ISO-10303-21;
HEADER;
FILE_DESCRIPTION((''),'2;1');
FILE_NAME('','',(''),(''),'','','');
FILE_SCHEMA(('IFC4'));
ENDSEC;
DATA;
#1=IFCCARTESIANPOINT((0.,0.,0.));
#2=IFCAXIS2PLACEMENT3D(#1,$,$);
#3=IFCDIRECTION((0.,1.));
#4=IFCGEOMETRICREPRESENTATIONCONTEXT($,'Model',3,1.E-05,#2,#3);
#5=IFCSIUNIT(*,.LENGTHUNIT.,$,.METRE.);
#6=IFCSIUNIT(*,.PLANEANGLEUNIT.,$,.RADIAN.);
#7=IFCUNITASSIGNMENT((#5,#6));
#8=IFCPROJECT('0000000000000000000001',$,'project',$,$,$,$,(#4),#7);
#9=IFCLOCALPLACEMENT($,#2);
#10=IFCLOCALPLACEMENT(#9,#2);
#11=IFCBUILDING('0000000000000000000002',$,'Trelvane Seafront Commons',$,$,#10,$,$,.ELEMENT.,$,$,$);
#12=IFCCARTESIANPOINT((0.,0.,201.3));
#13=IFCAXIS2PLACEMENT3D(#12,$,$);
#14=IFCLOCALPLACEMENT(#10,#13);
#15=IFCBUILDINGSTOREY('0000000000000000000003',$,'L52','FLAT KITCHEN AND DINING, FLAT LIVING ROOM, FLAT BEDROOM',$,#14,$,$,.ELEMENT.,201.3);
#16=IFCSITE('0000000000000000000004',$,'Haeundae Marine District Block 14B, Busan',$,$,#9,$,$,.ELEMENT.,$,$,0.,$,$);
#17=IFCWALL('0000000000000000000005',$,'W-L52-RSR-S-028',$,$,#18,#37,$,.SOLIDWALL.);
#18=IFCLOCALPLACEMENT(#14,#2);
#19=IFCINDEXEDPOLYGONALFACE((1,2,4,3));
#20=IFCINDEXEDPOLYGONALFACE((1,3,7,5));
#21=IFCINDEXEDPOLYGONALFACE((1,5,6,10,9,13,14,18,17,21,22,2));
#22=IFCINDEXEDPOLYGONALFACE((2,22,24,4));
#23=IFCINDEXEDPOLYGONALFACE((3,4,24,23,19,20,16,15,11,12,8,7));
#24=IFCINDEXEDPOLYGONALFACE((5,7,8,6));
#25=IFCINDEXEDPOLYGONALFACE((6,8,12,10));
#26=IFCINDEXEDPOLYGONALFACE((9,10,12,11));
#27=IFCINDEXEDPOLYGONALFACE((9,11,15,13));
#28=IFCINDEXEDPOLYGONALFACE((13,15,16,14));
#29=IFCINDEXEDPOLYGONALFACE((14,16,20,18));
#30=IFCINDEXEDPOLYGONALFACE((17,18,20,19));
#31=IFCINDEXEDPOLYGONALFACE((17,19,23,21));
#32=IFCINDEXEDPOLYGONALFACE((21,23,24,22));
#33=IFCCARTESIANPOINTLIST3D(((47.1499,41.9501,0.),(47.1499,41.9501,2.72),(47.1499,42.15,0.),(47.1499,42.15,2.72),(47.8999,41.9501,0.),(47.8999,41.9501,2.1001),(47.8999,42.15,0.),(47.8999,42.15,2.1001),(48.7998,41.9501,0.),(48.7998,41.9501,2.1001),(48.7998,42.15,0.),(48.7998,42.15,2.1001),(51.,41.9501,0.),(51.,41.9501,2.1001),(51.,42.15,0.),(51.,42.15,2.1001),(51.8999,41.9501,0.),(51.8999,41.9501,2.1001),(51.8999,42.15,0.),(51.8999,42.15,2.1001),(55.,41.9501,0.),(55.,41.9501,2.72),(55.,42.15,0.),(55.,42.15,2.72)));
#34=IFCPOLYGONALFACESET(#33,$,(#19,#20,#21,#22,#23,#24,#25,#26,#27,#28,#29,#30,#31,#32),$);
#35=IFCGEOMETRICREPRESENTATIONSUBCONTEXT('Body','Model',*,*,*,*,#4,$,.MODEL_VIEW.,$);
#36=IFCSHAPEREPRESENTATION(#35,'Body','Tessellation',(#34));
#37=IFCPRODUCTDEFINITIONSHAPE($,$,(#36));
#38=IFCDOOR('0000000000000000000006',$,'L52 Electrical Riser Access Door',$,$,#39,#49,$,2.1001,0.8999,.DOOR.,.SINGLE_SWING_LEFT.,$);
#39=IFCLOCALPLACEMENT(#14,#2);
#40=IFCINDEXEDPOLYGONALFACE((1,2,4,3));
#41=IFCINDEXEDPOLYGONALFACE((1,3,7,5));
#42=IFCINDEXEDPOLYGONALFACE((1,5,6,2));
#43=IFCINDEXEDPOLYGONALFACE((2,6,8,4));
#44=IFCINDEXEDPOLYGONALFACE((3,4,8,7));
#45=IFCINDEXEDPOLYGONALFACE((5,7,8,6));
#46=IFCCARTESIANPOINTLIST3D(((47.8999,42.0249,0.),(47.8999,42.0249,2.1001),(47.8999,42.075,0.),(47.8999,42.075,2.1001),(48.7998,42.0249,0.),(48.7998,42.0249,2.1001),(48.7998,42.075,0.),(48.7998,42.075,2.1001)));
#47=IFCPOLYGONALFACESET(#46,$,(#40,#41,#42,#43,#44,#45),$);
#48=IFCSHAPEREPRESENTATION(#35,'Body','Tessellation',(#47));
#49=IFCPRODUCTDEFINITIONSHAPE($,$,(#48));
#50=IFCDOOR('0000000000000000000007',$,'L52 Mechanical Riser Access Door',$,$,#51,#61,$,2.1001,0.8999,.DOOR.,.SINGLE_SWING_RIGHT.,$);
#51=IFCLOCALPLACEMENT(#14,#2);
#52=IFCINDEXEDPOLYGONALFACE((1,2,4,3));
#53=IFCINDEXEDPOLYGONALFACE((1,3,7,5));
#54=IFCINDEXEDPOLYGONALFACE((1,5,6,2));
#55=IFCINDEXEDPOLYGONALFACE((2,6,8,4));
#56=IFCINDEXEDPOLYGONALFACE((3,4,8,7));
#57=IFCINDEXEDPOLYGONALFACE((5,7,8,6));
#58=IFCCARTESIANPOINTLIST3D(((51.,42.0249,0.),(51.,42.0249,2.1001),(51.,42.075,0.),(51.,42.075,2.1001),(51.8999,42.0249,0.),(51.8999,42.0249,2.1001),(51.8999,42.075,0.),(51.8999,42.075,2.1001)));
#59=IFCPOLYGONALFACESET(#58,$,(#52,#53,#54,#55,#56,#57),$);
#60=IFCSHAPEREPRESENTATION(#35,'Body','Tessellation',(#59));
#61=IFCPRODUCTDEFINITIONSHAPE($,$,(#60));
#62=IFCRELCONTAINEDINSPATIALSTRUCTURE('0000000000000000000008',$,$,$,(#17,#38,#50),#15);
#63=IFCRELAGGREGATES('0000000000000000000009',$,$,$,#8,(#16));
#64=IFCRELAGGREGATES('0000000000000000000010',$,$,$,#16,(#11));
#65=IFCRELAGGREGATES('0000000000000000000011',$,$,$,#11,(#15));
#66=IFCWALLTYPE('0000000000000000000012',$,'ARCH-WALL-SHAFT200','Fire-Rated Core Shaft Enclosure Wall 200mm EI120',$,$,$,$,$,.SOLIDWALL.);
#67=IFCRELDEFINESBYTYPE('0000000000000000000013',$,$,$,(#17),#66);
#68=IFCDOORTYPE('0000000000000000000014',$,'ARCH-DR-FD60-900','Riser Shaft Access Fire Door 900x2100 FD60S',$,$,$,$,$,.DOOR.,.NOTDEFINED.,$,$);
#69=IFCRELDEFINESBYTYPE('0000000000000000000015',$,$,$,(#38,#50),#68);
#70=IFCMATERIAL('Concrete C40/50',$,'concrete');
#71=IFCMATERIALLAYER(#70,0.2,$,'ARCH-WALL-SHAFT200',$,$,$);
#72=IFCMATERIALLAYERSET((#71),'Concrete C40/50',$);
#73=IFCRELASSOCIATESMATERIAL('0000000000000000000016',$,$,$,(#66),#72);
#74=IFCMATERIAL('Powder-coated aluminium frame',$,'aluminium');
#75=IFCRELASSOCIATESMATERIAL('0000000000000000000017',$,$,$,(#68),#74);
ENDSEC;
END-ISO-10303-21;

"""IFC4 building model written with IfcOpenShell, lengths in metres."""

from ifc_helpers import new_model, si_unit, direction, frame, frame_2d, origin, place, context, subcontext, project, spatial, rectangle, extrude, source, transform, mapped, material, layer, layer_set, type_object, element, fill, save


model = new_model("IFC4")

# Units and contexts
model_context = context("Model", 3, precision=1e-05, world=origin(), true_north=direction((0.0, 1.0)))
body_context = subcontext(model_context, "Body", "Model", "MODEL_VIEW")
ifc_project = project(units=[si_unit("LENGTHUNIT", "METRE"), si_unit("PLANEANGLEUNIT", "RADIAN")], contexts=[model_context])

# Site, building, storey
site_placement = place(None, origin())
site = spatial("IfcSite", under=ifc_project, at=site_placement, Name="Haeundae Marine District Block 14B, Busan", CompositionType="ELEMENT", RefElevation=0.0)
building_placement = place(site_placement, origin())
building = spatial("IfcBuilding", under=site, at=building_placement, Name="Trelvane Seafront Commons", CompositionType="ELEMENT")
storey_placement = place(building_placement, frame((0.0, 0.0, 201.3)))
storey = spatial("IfcBuildingStorey", under=building, at=storey_placement, Name="L52", Description="FLAT KITCHEN AND DINING, FLAT LIVING ROOM, FLAT BEDROOM", CompositionType="ELEMENT", Elevation=201.3)

# Shared definitions
ifc_material_1 = material(Name="Concrete C40/50", Category="concrete")
ifc_material_2 = material(Name="Powder-coated aluminium frame", Category="aluminium")

# Shared definitions
ifc_layer_1 = layer(ifc_material_1, 0.2, Name="ARCH-WALL-SHAFT200")
ifc_layer_set_1 = layer_set([ifc_layer_1], Name="Concrete C40/50")
wall_type_1 = type_object("IfcWallType", Name="ARCH-WALL-SHAFT200", Description="Fire-Rated Core Shaft Enclosure Wall 200mm EI120", PredefinedType="SOLIDWALL", material=ifc_layer_set_1)

# Wall, openings, doors
wall_1_placement = place(storey_placement, frame((47.1499, 42.05, 0.0), z_axis=(0.0, 0.0, 1.0), x_axis=(1.0, 0.0, 0.0)))
wall_1 = element("IfcWall", 1, at=wall_1_placement, inside=storey, type_object=wall_type_1, Name="W-L52-RSR-S-028", PredefinedType="SOLIDWALL", context=body_context, shape_type="SweptSolid", body=[
    extrude(rectangle(XDim=7.8501, YDim=0.2, at=frame_2d((3.925, 0.0))), origin(), (0.0, 0.0, 1.0), 2.72),
])
opening_1_placement = place(wall_1_placement, frame((0.75, 0.0, 0.0)))
opening_1 = element("IfcOpeningElement", 2, at=opening_1_placement, cuts=wall_1, PredefinedType="OPENING", context=body_context, shape_type="SweptSolid", body=[
    extrude(rectangle(XDim=0.8999, YDim=2.1001, at=frame_2d((0.45, 1.05))), frame((0.0, 0.1099, 0.0), z_axis=(0.0, -1.0, 0.0), x_axis=(1.0, 0.0, 0.0)), (0.0, 0.0, 1.0), 0.22),
])
opening_2_placement = place(wall_1_placement, frame((3.8501, 0.0, 0.0)))
opening_2 = element("IfcOpeningElement", 3, at=opening_2_placement, cuts=wall_1, PredefinedType="OPENING", context=body_context, shape_type="SweptSolid", body=[
    extrude(rectangle(XDim=0.8999, YDim=2.1001, at=frame_2d((0.45, 1.05))), frame((0.0, 0.1099, 0.0), z_axis=(0.0, -1.0, 0.0), x_axis=(1.0, 0.0, 0.0)), (0.0, 0.0, 1.0), 0.22),
])
door_type_1 = type_object("IfcDoorType", Name="ARCH-DR-FD60-900", Description="Riser Shaft Access Fire Door 900x2100 FD60S", OperationType="NOTDEFINED", PredefinedType="DOOR", material=ifc_material_2)
shared_shape_1 = source(origin(), body_context, "Body", "SweptSolid", [
    extrude(rectangle(XDim=0.8999, YDim=2.1001, at=frame_2d((0.45, 1.05))), frame((0.0, 0.0249, 0.0), z_axis=(0.0, -1.0, 0.0), x_axis=(1.0, 0.0, 0.0)), (0.0, 0.0, 1.0), 0.05),
])
door_1_placement = place(opening_1_placement, origin())
door_1 = element("IfcDoor", 4, at=door_1_placement, inside=storey, type_object=door_type_1, Name="L52 Electrical Riser Access Door", OperationType="SINGLE_SWING_LEFT", OverallHeight=2.1001, OverallWidth=0.8999, PredefinedType="DOOR", context=body_context, shape_type="MappedRepresentation", body=[
    mapped(shared_shape_1, transform((0.0, 0.0, 0.0), x_axis=(1.0, 0.0, 0.0), y_axis=(0.0, 1.0, 0.0), z_axis=(0.0, 0.0, 1.0), scale=1.0)),
])
fill(opening_1, door_1)
door_2_placement = place(opening_2_placement, origin())
door_2 = element("IfcDoor", 5, at=door_2_placement, inside=storey, type_object=door_type_1, Name="L52 Mechanical Riser Access Door", OperationType="SINGLE_SWING_RIGHT", OverallHeight=2.1001, OverallWidth=0.8999, PredefinedType="DOOR", context=body_context, shape_type="MappedRepresentation", body=[
    mapped(shared_shape_1, transform((0.0, 0.0, 0.0), x_axis=(1.0, 0.0, 0.0), y_axis=(0.0, 1.0, 0.0), z_axis=(0.0, 0.0, 1.0), scale=1.0)),
])
fill(opening_2, door_2)

save(model, "model.ifc")
